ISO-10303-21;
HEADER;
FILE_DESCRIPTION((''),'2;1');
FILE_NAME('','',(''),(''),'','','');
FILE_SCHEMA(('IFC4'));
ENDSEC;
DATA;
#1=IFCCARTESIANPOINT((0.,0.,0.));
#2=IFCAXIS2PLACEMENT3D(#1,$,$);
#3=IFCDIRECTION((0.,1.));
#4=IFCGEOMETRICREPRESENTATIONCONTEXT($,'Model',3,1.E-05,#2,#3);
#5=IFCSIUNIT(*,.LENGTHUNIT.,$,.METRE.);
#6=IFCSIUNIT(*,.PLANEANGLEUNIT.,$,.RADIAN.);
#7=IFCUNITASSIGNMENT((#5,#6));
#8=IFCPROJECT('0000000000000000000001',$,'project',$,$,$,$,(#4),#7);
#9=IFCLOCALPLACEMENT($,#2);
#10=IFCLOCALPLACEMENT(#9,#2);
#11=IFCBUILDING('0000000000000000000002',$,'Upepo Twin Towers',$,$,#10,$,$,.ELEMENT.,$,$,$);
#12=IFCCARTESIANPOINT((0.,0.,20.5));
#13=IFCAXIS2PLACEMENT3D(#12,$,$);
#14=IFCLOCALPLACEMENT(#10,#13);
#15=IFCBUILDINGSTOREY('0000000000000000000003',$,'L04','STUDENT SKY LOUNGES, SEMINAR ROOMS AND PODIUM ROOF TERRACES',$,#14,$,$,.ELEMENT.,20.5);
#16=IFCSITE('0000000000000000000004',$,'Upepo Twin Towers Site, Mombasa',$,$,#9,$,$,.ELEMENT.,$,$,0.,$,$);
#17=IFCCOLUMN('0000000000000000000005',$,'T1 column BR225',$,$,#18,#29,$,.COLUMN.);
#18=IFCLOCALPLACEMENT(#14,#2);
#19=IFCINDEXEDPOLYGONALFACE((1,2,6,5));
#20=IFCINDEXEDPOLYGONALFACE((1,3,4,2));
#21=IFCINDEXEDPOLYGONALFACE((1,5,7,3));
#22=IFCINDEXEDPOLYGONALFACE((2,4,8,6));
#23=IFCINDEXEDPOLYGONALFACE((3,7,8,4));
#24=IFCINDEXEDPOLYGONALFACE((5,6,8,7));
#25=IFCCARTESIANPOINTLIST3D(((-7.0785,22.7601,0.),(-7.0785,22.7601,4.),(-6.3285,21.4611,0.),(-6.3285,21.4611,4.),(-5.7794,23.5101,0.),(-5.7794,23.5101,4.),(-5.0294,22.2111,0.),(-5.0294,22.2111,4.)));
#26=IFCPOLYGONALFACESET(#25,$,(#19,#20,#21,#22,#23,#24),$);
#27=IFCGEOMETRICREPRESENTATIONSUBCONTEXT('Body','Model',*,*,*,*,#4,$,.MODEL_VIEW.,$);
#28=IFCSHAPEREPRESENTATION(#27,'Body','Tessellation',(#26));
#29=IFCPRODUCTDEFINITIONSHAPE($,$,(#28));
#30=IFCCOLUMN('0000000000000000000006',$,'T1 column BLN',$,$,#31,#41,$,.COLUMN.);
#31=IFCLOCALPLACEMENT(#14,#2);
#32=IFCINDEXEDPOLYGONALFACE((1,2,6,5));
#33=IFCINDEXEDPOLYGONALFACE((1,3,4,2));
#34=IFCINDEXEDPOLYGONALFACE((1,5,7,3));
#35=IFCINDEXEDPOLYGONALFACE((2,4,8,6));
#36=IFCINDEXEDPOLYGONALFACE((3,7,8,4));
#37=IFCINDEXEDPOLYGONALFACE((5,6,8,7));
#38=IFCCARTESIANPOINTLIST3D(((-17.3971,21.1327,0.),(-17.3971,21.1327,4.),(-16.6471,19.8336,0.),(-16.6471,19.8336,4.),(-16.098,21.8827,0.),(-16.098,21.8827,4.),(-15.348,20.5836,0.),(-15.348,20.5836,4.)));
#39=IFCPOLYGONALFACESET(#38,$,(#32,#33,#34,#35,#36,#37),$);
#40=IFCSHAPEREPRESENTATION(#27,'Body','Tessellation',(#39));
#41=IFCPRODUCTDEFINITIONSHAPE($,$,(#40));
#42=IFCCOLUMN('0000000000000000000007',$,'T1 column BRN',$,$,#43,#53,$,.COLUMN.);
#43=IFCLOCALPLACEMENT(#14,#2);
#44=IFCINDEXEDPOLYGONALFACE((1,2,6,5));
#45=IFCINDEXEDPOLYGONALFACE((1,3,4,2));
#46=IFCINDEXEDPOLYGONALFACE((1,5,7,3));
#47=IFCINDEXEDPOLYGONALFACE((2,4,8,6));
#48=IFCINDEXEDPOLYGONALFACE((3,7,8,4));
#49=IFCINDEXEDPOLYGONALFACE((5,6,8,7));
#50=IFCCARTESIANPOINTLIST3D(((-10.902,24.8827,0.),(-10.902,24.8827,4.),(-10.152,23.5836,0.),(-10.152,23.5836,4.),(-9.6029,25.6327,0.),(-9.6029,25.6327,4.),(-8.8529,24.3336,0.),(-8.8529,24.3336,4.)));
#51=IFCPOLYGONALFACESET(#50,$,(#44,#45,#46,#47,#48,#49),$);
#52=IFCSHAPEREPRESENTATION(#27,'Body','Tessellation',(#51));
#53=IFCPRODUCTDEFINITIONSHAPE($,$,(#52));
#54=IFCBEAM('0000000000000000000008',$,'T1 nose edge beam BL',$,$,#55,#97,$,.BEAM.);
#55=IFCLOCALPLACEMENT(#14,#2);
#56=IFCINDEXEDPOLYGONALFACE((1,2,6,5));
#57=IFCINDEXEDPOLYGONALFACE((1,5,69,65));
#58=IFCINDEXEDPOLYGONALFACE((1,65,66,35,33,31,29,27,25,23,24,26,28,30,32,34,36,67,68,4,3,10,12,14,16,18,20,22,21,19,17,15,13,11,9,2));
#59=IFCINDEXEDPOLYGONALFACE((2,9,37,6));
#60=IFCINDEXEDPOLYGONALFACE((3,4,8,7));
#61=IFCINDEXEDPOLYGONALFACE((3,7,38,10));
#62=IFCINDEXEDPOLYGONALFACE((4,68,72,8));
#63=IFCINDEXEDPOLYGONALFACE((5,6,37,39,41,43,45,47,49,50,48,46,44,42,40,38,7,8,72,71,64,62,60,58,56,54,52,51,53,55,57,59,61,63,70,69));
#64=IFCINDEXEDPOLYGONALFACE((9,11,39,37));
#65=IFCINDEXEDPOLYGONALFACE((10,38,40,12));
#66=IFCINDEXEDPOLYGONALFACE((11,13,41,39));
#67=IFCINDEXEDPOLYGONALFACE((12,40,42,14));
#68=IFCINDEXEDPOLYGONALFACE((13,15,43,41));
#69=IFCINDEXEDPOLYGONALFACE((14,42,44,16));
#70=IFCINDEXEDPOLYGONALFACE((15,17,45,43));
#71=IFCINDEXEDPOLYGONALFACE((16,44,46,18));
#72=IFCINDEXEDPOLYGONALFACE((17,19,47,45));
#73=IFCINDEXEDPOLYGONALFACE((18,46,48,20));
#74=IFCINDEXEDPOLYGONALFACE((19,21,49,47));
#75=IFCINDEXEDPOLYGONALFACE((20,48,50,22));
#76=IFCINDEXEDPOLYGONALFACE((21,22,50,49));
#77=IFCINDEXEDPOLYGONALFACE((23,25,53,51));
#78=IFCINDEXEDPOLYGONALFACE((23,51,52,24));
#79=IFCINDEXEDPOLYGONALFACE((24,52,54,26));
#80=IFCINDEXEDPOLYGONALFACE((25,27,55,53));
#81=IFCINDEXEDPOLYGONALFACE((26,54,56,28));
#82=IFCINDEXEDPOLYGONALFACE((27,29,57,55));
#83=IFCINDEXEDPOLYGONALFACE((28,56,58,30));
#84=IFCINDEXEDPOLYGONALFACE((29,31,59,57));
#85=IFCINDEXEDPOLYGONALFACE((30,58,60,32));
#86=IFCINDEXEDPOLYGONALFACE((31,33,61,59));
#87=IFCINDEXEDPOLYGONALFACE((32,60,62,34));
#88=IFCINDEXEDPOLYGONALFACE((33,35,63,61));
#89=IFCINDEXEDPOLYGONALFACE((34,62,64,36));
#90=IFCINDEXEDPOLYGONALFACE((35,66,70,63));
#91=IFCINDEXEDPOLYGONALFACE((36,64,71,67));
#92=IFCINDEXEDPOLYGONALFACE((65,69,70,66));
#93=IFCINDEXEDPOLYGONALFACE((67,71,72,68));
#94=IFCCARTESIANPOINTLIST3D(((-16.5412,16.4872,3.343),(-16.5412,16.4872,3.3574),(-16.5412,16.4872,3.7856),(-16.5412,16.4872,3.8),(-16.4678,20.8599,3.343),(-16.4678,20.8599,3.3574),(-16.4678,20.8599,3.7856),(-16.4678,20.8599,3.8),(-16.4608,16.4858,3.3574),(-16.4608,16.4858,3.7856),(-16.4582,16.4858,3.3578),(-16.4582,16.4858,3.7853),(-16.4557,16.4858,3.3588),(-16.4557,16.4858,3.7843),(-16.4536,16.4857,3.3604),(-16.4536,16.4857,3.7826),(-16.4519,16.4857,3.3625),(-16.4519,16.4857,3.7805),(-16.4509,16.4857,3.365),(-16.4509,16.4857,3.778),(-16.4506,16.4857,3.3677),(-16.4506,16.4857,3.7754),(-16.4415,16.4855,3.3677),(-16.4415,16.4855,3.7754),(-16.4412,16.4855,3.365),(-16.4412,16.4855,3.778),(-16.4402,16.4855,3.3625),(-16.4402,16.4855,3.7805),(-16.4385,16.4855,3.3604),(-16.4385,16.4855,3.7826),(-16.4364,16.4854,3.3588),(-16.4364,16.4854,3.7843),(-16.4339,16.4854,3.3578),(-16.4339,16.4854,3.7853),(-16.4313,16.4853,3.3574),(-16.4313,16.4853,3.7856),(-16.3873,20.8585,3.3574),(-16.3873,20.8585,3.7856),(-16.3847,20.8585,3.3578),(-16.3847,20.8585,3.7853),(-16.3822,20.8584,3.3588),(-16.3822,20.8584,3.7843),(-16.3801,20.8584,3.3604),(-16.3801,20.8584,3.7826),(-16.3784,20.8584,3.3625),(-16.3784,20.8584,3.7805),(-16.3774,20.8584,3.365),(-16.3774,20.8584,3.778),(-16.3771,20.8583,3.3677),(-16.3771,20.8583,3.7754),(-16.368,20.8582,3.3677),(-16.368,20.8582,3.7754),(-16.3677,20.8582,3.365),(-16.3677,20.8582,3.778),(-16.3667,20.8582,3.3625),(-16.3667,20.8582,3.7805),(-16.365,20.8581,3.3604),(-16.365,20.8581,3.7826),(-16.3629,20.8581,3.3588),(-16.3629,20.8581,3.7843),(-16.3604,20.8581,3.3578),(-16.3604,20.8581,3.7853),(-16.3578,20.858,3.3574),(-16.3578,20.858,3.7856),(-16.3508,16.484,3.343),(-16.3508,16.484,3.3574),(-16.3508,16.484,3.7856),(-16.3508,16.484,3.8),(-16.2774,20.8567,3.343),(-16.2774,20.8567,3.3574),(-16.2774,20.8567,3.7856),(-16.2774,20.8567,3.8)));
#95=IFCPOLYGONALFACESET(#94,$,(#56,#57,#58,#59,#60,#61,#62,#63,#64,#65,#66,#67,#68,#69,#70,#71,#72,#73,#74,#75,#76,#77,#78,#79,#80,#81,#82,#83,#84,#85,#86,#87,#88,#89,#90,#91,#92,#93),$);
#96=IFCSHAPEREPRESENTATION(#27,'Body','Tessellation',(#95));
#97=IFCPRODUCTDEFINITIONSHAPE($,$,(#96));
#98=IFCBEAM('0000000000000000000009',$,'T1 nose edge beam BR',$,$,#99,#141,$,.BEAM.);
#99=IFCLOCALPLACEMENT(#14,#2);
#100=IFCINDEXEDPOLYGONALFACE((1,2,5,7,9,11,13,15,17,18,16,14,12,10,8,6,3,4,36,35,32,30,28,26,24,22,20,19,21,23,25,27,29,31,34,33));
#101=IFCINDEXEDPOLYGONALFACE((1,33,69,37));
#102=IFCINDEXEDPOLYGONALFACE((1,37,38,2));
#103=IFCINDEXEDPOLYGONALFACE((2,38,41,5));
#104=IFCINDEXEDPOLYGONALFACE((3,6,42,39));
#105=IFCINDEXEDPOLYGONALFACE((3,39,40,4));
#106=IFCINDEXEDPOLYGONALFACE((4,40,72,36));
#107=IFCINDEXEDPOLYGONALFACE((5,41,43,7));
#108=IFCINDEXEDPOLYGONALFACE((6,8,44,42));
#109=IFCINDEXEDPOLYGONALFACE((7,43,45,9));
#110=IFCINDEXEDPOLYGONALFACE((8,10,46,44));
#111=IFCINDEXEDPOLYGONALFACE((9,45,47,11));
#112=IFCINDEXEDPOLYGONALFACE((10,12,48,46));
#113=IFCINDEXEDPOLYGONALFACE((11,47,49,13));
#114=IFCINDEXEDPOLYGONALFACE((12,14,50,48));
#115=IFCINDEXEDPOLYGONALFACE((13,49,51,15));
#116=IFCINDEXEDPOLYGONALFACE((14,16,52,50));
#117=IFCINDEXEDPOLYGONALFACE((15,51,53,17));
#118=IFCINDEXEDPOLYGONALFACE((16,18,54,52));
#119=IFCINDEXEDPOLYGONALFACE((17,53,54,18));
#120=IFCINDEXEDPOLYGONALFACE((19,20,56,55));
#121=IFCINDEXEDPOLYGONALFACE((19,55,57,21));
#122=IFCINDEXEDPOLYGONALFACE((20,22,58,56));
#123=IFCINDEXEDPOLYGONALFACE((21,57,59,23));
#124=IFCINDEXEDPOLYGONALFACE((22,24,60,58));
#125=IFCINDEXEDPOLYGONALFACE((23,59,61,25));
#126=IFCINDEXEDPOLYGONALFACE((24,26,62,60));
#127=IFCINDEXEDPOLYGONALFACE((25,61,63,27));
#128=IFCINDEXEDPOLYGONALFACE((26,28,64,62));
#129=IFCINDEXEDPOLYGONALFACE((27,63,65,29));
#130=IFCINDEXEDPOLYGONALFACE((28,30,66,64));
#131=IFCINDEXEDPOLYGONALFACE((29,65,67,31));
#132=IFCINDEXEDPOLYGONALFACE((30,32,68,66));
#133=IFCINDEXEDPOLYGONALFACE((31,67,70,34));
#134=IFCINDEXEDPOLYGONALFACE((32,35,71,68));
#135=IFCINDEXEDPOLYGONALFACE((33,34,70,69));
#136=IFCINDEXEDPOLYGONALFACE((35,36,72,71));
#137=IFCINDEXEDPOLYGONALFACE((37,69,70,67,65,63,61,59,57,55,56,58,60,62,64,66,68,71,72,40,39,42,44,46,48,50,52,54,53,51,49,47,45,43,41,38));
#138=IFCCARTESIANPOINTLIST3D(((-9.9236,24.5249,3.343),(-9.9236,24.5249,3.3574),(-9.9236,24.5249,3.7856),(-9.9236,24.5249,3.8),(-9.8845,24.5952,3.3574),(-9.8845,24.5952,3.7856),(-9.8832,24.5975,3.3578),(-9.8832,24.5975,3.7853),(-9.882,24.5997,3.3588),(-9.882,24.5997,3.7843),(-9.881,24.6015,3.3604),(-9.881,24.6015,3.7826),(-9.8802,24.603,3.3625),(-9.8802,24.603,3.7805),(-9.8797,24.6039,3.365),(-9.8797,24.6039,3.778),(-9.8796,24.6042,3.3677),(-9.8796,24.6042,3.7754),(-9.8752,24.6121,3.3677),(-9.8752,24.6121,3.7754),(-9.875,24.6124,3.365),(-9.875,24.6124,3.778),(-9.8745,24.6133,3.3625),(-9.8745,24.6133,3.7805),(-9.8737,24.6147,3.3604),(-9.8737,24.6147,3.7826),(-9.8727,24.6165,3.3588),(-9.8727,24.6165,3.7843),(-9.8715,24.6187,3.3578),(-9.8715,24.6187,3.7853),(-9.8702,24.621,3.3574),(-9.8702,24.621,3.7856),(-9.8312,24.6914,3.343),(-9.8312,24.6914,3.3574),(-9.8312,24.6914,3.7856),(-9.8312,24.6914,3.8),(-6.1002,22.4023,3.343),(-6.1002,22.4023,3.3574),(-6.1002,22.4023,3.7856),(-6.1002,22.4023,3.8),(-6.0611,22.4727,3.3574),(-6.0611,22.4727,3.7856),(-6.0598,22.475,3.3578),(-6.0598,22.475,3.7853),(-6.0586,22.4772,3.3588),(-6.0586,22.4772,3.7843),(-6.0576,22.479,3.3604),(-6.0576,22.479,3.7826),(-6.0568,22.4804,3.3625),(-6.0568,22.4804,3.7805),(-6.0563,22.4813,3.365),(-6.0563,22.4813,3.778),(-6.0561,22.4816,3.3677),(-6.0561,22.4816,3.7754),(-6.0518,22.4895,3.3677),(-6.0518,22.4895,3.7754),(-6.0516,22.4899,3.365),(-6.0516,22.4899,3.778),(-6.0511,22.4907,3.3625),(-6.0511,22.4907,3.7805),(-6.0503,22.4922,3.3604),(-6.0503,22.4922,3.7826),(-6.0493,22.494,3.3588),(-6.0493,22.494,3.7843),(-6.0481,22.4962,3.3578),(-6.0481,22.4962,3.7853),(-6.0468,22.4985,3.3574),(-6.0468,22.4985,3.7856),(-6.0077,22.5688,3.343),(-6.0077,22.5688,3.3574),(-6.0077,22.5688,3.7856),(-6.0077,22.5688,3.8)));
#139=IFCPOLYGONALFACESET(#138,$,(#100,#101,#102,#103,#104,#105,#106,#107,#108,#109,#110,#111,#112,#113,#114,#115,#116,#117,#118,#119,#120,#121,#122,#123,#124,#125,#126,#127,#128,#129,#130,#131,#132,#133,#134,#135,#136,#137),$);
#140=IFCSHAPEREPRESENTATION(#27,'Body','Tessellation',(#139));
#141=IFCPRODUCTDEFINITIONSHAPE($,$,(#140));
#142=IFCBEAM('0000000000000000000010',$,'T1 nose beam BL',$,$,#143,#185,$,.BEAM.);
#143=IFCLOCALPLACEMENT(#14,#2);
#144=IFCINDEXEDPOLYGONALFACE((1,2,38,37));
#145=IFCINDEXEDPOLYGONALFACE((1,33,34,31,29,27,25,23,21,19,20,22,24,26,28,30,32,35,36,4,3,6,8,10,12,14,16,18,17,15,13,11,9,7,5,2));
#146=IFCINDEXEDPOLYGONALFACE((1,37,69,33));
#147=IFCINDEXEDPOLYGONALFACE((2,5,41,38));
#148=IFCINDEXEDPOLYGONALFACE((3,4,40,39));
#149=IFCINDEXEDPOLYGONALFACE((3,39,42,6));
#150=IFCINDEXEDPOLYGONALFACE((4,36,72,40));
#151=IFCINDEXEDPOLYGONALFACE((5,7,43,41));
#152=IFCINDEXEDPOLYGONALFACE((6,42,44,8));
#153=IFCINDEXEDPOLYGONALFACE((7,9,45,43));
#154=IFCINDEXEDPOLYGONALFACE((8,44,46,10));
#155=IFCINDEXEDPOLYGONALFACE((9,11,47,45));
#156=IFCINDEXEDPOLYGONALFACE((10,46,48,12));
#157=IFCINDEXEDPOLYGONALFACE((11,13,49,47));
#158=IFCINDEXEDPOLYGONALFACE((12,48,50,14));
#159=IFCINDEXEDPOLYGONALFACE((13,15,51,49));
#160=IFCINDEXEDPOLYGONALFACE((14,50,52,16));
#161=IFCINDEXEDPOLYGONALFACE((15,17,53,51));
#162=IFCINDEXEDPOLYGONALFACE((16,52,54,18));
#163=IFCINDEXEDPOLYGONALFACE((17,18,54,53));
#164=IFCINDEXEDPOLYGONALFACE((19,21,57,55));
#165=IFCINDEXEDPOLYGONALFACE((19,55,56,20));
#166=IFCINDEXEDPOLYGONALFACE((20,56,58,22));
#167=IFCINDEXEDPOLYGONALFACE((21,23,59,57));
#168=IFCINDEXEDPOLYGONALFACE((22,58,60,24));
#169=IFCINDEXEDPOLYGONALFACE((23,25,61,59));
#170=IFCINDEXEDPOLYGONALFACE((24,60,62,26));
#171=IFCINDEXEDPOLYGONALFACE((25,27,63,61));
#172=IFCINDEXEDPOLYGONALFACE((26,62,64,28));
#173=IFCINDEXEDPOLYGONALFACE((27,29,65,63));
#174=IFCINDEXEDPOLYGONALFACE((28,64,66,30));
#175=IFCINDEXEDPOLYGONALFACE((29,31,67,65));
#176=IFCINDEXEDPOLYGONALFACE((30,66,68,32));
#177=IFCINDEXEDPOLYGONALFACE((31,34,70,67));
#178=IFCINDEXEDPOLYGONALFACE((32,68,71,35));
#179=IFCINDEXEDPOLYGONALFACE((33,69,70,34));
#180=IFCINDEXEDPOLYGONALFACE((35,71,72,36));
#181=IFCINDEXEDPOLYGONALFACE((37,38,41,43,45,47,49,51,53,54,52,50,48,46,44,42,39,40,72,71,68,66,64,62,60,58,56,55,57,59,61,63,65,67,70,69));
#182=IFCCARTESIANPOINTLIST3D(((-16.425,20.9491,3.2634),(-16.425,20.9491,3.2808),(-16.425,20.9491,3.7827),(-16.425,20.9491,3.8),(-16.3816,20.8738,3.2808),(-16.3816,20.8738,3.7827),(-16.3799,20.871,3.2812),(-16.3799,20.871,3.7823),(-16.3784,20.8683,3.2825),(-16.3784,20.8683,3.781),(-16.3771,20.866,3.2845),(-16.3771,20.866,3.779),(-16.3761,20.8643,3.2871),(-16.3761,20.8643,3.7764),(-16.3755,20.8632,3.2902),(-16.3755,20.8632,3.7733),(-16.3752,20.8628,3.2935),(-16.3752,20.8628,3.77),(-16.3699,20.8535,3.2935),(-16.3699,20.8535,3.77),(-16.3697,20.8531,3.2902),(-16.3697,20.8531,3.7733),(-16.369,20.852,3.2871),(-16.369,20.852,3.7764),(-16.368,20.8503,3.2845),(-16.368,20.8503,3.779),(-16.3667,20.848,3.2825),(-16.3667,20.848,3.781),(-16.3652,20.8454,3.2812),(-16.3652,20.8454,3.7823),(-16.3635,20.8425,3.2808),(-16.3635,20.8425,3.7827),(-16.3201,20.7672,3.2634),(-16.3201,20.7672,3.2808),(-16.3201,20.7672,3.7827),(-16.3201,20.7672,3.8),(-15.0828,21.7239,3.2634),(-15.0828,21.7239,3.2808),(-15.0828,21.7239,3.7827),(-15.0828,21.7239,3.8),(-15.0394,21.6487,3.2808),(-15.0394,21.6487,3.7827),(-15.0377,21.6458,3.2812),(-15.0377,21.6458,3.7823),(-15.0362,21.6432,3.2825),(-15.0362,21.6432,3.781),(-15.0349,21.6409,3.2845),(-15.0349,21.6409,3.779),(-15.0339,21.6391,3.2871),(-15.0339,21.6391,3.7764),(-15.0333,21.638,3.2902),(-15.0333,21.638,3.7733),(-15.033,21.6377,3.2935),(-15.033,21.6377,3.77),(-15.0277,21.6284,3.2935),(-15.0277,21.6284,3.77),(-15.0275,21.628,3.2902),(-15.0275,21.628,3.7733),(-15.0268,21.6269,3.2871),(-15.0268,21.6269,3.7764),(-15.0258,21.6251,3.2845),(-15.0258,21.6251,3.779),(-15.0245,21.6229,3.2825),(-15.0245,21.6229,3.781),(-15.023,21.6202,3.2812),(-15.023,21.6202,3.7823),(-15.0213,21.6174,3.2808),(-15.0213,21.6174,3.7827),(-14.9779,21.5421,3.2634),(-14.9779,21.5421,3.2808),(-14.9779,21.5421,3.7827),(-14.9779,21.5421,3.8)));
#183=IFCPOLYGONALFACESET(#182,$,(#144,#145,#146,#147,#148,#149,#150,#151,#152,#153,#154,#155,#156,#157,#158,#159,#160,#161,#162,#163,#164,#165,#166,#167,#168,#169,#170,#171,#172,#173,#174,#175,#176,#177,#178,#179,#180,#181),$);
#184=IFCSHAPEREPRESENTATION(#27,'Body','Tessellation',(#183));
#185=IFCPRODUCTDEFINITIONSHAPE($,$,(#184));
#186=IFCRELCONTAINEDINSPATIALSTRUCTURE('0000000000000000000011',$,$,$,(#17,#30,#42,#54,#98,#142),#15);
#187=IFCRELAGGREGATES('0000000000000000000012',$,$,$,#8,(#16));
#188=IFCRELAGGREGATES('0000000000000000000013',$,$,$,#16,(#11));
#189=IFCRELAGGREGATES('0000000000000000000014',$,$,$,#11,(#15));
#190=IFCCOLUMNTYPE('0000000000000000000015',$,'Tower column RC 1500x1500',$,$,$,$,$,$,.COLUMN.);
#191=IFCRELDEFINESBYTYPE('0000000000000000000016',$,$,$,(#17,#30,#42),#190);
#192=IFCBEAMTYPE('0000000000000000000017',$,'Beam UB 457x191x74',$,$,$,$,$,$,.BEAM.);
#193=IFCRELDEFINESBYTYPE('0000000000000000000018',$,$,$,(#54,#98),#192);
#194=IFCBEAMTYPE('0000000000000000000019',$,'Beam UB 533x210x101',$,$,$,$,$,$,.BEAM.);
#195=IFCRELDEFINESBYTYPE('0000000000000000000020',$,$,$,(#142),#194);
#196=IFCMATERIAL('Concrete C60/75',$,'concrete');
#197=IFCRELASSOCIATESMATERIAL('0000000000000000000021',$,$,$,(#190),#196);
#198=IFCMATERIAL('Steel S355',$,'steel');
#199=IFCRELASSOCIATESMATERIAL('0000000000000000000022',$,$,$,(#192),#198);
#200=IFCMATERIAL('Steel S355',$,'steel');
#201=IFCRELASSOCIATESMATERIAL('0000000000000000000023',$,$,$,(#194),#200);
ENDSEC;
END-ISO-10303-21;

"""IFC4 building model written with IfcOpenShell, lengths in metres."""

from ifc_helpers import new_model, si_unit, direction, frame, origin, origin_2d, place, context, subcontext, project, spatial, rectangle, i_section, extrude, material, material_profile, profile_set, type_object, element, save


model = new_model("IFC4")

# Units and contexts
model_context = context("Model", 3, precision=1e-05, world=origin(), true_north=direction((0.0, 1.0)))
body_context = subcontext(model_context, "Body", "Model", "MODEL_VIEW")
ifc_project = project(units=[si_unit("LENGTHUNIT", "METRE"), si_unit("PLANEANGLEUNIT", "RADIAN")], contexts=[model_context])

# Site, building, storey
site_placement = place(None, origin())
site = spatial("IfcSite", under=ifc_project, at=site_placement, Name="Upepo Twin Towers Site, Mombasa", CompositionType="ELEMENT", RefElevation=0.0)
building_placement = place(site_placement, origin())
building = spatial("IfcBuilding", under=site, at=building_placement, Name="Upepo Twin Towers", CompositionType="ELEMENT")
storey_placement = place(building_placement, frame((0.0, 0.0, 20.5)))
storey = spatial("IfcBuildingStorey", under=building, at=storey_placement, Name="L04", Description="STUDENT SKY LOUNGES, SEMINAR ROOMS AND PODIUM ROOF TERRACES", CompositionType="ELEMENT", Elevation=20.5)

# Columns
ifc_material_1 = material(Name="Concrete C60/75", Category="concrete")
ifc_material_profile_1 = material_profile(ifc_material_1, rectangle(XDim=1.5, YDim=1.5, at=origin_2d()), Name="RC 1500x1500")
ifc_profile_set_1 = profile_set([ifc_material_profile_1], Name="Concrete C60/75")
column_type = type_object("IfcColumnType", Name="Tower column RC 1500x1500", PredefinedType="COLUMN", material=ifc_profile_set_1)
for number, where, z_axis, x_axis, name in (
    (1, (-6.054, 22.4856, 0.0), (0.0, 0.0, 1.0), (0.866025, 0.5, 0.0), "T1 column BR225"),
    (2, (-16.3726, 20.8582, 0.0), (0.0, 0.0, 1.0), (0.866025, 0.5, 0.0), "T1 column BLN"),
    (3, (-9.8774, 24.6082, 0.0), (0.0, 0.0, 1.0), (0.866025, 0.5, 0.0), "T1 column BRN"),
):
    element("IfcColumn", number, at=place(storey_placement, frame(where, z_axis=z_axis, x_axis=x_axis)), inside=storey, type_object=column_type, Name=name, PredefinedType="COLUMN", context=body_context, shape_type="SweptSolid", body=[
        extrude(rectangle(XDim=1.5, YDim=1.5, at=origin_2d()), origin(), (0.0, 0.0, 1.0), 4.0),
    ])

# Beams
ifc_material_2 = material(Name="Steel S355", Category="steel")
ifc_material_profile_2 = material_profile(ifc_material_2, i_section(OverallWidth=0.1904, OverallDepth=0.457, WebThickness=0.009, FlangeThickness=0.0144, FilletRadius=0.0103, at=origin_2d()), Name="UB 457x191x74")
ifc_profile_set_2 = profile_set([ifc_material_profile_2], Name="Steel S355")
beam_type_1 = type_object("IfcBeamType", Name="Beam UB 457x191x74", PredefinedType="BEAM", material=ifc_profile_set_2)
beam_1_placement = place(storey_placement, frame((-16.446, 16.4856, 3.5715), z_axis=(0.016804, 0.999859, 0.0), x_axis=(-0.999859, 0.016804, 0.0)))
element("IfcBeam", 4, at=beam_1_placement, inside=storey, type_object=beam_type_1, Name="T1 nose edge beam BL", PredefinedType="BEAM", context=body_context, shape_type="SweptSolid", body=[
    extrude(i_section(OverallWidth=0.1904, OverallDepth=0.457, WebThickness=0.009, FlangeThickness=0.0144, FilletRadius=0.0103, at=origin_2d()), origin(), (0.0, 0.0, 1.0), 4.3733),
])
beam_2_placement = place(storey_placement, frame((-6.054, 22.4856, 3.5715), z_axis=(-0.874313, 0.485363, 0.0), x_axis=(-0.485363, -0.874313, 0.0)))
element("IfcBeam", 5, at=beam_2_placement, inside=storey, type_object=beam_type_1, Name="T1 nose edge beam BR", PredefinedType="BEAM", context=body_context, shape_type="SweptSolid", body=[
    extrude(i_section(OverallWidth=0.1904, OverallDepth=0.457, WebThickness=0.009, FlangeThickness=0.0144, FilletRadius=0.0103, at=origin_2d()), origin(), (0.0, 0.0, 1.0), 4.373),
])
ifc_material_3 = material(Name="Steel S355", Category="steel")
ifc_material_profile_3 = material_profile(ifc_material_3, i_section(OverallWidth=0.21, OverallDepth=0.5366, WebThickness=0.0107, FlangeThickness=0.0173, FilletRadius=0.0127, at=origin_2d()), Name="UB 533x210x101")
ifc_profile_set_3 = profile_set([ifc_material_profile_3], Name="Steel S355")
beam_type_2 = type_object("IfcBeamType", Name="Beam UB 533x210x101", PredefinedType="BEAM", material=ifc_profile_set_3)
for number, where, z_axis, x_axis, name in (
    (6, (-16.3726, 20.8582, 3.5317), (0.866044, 0.499968, 0.0), (-0.499968, 0.866044, 0.0), "T1 nose beam BL"),
):
    element("IfcBeam", number, at=place(storey_placement, frame(where, z_axis=z_axis, x_axis=x_axis)), inside=storey, type_object=beam_type_2, Name=name, PredefinedType="BEAM", context=body_context, shape_type="SweptSolid", body=[
        extrude(i_section(OverallWidth=0.21, OverallDepth=0.5366, WebThickness=0.0107, FlangeThickness=0.0173, FilletRadius=0.0127, at=origin_2d()), origin(), (0.0, 0.0, 1.0), 1.5498),
    ])

save(model, "model.ifc")
